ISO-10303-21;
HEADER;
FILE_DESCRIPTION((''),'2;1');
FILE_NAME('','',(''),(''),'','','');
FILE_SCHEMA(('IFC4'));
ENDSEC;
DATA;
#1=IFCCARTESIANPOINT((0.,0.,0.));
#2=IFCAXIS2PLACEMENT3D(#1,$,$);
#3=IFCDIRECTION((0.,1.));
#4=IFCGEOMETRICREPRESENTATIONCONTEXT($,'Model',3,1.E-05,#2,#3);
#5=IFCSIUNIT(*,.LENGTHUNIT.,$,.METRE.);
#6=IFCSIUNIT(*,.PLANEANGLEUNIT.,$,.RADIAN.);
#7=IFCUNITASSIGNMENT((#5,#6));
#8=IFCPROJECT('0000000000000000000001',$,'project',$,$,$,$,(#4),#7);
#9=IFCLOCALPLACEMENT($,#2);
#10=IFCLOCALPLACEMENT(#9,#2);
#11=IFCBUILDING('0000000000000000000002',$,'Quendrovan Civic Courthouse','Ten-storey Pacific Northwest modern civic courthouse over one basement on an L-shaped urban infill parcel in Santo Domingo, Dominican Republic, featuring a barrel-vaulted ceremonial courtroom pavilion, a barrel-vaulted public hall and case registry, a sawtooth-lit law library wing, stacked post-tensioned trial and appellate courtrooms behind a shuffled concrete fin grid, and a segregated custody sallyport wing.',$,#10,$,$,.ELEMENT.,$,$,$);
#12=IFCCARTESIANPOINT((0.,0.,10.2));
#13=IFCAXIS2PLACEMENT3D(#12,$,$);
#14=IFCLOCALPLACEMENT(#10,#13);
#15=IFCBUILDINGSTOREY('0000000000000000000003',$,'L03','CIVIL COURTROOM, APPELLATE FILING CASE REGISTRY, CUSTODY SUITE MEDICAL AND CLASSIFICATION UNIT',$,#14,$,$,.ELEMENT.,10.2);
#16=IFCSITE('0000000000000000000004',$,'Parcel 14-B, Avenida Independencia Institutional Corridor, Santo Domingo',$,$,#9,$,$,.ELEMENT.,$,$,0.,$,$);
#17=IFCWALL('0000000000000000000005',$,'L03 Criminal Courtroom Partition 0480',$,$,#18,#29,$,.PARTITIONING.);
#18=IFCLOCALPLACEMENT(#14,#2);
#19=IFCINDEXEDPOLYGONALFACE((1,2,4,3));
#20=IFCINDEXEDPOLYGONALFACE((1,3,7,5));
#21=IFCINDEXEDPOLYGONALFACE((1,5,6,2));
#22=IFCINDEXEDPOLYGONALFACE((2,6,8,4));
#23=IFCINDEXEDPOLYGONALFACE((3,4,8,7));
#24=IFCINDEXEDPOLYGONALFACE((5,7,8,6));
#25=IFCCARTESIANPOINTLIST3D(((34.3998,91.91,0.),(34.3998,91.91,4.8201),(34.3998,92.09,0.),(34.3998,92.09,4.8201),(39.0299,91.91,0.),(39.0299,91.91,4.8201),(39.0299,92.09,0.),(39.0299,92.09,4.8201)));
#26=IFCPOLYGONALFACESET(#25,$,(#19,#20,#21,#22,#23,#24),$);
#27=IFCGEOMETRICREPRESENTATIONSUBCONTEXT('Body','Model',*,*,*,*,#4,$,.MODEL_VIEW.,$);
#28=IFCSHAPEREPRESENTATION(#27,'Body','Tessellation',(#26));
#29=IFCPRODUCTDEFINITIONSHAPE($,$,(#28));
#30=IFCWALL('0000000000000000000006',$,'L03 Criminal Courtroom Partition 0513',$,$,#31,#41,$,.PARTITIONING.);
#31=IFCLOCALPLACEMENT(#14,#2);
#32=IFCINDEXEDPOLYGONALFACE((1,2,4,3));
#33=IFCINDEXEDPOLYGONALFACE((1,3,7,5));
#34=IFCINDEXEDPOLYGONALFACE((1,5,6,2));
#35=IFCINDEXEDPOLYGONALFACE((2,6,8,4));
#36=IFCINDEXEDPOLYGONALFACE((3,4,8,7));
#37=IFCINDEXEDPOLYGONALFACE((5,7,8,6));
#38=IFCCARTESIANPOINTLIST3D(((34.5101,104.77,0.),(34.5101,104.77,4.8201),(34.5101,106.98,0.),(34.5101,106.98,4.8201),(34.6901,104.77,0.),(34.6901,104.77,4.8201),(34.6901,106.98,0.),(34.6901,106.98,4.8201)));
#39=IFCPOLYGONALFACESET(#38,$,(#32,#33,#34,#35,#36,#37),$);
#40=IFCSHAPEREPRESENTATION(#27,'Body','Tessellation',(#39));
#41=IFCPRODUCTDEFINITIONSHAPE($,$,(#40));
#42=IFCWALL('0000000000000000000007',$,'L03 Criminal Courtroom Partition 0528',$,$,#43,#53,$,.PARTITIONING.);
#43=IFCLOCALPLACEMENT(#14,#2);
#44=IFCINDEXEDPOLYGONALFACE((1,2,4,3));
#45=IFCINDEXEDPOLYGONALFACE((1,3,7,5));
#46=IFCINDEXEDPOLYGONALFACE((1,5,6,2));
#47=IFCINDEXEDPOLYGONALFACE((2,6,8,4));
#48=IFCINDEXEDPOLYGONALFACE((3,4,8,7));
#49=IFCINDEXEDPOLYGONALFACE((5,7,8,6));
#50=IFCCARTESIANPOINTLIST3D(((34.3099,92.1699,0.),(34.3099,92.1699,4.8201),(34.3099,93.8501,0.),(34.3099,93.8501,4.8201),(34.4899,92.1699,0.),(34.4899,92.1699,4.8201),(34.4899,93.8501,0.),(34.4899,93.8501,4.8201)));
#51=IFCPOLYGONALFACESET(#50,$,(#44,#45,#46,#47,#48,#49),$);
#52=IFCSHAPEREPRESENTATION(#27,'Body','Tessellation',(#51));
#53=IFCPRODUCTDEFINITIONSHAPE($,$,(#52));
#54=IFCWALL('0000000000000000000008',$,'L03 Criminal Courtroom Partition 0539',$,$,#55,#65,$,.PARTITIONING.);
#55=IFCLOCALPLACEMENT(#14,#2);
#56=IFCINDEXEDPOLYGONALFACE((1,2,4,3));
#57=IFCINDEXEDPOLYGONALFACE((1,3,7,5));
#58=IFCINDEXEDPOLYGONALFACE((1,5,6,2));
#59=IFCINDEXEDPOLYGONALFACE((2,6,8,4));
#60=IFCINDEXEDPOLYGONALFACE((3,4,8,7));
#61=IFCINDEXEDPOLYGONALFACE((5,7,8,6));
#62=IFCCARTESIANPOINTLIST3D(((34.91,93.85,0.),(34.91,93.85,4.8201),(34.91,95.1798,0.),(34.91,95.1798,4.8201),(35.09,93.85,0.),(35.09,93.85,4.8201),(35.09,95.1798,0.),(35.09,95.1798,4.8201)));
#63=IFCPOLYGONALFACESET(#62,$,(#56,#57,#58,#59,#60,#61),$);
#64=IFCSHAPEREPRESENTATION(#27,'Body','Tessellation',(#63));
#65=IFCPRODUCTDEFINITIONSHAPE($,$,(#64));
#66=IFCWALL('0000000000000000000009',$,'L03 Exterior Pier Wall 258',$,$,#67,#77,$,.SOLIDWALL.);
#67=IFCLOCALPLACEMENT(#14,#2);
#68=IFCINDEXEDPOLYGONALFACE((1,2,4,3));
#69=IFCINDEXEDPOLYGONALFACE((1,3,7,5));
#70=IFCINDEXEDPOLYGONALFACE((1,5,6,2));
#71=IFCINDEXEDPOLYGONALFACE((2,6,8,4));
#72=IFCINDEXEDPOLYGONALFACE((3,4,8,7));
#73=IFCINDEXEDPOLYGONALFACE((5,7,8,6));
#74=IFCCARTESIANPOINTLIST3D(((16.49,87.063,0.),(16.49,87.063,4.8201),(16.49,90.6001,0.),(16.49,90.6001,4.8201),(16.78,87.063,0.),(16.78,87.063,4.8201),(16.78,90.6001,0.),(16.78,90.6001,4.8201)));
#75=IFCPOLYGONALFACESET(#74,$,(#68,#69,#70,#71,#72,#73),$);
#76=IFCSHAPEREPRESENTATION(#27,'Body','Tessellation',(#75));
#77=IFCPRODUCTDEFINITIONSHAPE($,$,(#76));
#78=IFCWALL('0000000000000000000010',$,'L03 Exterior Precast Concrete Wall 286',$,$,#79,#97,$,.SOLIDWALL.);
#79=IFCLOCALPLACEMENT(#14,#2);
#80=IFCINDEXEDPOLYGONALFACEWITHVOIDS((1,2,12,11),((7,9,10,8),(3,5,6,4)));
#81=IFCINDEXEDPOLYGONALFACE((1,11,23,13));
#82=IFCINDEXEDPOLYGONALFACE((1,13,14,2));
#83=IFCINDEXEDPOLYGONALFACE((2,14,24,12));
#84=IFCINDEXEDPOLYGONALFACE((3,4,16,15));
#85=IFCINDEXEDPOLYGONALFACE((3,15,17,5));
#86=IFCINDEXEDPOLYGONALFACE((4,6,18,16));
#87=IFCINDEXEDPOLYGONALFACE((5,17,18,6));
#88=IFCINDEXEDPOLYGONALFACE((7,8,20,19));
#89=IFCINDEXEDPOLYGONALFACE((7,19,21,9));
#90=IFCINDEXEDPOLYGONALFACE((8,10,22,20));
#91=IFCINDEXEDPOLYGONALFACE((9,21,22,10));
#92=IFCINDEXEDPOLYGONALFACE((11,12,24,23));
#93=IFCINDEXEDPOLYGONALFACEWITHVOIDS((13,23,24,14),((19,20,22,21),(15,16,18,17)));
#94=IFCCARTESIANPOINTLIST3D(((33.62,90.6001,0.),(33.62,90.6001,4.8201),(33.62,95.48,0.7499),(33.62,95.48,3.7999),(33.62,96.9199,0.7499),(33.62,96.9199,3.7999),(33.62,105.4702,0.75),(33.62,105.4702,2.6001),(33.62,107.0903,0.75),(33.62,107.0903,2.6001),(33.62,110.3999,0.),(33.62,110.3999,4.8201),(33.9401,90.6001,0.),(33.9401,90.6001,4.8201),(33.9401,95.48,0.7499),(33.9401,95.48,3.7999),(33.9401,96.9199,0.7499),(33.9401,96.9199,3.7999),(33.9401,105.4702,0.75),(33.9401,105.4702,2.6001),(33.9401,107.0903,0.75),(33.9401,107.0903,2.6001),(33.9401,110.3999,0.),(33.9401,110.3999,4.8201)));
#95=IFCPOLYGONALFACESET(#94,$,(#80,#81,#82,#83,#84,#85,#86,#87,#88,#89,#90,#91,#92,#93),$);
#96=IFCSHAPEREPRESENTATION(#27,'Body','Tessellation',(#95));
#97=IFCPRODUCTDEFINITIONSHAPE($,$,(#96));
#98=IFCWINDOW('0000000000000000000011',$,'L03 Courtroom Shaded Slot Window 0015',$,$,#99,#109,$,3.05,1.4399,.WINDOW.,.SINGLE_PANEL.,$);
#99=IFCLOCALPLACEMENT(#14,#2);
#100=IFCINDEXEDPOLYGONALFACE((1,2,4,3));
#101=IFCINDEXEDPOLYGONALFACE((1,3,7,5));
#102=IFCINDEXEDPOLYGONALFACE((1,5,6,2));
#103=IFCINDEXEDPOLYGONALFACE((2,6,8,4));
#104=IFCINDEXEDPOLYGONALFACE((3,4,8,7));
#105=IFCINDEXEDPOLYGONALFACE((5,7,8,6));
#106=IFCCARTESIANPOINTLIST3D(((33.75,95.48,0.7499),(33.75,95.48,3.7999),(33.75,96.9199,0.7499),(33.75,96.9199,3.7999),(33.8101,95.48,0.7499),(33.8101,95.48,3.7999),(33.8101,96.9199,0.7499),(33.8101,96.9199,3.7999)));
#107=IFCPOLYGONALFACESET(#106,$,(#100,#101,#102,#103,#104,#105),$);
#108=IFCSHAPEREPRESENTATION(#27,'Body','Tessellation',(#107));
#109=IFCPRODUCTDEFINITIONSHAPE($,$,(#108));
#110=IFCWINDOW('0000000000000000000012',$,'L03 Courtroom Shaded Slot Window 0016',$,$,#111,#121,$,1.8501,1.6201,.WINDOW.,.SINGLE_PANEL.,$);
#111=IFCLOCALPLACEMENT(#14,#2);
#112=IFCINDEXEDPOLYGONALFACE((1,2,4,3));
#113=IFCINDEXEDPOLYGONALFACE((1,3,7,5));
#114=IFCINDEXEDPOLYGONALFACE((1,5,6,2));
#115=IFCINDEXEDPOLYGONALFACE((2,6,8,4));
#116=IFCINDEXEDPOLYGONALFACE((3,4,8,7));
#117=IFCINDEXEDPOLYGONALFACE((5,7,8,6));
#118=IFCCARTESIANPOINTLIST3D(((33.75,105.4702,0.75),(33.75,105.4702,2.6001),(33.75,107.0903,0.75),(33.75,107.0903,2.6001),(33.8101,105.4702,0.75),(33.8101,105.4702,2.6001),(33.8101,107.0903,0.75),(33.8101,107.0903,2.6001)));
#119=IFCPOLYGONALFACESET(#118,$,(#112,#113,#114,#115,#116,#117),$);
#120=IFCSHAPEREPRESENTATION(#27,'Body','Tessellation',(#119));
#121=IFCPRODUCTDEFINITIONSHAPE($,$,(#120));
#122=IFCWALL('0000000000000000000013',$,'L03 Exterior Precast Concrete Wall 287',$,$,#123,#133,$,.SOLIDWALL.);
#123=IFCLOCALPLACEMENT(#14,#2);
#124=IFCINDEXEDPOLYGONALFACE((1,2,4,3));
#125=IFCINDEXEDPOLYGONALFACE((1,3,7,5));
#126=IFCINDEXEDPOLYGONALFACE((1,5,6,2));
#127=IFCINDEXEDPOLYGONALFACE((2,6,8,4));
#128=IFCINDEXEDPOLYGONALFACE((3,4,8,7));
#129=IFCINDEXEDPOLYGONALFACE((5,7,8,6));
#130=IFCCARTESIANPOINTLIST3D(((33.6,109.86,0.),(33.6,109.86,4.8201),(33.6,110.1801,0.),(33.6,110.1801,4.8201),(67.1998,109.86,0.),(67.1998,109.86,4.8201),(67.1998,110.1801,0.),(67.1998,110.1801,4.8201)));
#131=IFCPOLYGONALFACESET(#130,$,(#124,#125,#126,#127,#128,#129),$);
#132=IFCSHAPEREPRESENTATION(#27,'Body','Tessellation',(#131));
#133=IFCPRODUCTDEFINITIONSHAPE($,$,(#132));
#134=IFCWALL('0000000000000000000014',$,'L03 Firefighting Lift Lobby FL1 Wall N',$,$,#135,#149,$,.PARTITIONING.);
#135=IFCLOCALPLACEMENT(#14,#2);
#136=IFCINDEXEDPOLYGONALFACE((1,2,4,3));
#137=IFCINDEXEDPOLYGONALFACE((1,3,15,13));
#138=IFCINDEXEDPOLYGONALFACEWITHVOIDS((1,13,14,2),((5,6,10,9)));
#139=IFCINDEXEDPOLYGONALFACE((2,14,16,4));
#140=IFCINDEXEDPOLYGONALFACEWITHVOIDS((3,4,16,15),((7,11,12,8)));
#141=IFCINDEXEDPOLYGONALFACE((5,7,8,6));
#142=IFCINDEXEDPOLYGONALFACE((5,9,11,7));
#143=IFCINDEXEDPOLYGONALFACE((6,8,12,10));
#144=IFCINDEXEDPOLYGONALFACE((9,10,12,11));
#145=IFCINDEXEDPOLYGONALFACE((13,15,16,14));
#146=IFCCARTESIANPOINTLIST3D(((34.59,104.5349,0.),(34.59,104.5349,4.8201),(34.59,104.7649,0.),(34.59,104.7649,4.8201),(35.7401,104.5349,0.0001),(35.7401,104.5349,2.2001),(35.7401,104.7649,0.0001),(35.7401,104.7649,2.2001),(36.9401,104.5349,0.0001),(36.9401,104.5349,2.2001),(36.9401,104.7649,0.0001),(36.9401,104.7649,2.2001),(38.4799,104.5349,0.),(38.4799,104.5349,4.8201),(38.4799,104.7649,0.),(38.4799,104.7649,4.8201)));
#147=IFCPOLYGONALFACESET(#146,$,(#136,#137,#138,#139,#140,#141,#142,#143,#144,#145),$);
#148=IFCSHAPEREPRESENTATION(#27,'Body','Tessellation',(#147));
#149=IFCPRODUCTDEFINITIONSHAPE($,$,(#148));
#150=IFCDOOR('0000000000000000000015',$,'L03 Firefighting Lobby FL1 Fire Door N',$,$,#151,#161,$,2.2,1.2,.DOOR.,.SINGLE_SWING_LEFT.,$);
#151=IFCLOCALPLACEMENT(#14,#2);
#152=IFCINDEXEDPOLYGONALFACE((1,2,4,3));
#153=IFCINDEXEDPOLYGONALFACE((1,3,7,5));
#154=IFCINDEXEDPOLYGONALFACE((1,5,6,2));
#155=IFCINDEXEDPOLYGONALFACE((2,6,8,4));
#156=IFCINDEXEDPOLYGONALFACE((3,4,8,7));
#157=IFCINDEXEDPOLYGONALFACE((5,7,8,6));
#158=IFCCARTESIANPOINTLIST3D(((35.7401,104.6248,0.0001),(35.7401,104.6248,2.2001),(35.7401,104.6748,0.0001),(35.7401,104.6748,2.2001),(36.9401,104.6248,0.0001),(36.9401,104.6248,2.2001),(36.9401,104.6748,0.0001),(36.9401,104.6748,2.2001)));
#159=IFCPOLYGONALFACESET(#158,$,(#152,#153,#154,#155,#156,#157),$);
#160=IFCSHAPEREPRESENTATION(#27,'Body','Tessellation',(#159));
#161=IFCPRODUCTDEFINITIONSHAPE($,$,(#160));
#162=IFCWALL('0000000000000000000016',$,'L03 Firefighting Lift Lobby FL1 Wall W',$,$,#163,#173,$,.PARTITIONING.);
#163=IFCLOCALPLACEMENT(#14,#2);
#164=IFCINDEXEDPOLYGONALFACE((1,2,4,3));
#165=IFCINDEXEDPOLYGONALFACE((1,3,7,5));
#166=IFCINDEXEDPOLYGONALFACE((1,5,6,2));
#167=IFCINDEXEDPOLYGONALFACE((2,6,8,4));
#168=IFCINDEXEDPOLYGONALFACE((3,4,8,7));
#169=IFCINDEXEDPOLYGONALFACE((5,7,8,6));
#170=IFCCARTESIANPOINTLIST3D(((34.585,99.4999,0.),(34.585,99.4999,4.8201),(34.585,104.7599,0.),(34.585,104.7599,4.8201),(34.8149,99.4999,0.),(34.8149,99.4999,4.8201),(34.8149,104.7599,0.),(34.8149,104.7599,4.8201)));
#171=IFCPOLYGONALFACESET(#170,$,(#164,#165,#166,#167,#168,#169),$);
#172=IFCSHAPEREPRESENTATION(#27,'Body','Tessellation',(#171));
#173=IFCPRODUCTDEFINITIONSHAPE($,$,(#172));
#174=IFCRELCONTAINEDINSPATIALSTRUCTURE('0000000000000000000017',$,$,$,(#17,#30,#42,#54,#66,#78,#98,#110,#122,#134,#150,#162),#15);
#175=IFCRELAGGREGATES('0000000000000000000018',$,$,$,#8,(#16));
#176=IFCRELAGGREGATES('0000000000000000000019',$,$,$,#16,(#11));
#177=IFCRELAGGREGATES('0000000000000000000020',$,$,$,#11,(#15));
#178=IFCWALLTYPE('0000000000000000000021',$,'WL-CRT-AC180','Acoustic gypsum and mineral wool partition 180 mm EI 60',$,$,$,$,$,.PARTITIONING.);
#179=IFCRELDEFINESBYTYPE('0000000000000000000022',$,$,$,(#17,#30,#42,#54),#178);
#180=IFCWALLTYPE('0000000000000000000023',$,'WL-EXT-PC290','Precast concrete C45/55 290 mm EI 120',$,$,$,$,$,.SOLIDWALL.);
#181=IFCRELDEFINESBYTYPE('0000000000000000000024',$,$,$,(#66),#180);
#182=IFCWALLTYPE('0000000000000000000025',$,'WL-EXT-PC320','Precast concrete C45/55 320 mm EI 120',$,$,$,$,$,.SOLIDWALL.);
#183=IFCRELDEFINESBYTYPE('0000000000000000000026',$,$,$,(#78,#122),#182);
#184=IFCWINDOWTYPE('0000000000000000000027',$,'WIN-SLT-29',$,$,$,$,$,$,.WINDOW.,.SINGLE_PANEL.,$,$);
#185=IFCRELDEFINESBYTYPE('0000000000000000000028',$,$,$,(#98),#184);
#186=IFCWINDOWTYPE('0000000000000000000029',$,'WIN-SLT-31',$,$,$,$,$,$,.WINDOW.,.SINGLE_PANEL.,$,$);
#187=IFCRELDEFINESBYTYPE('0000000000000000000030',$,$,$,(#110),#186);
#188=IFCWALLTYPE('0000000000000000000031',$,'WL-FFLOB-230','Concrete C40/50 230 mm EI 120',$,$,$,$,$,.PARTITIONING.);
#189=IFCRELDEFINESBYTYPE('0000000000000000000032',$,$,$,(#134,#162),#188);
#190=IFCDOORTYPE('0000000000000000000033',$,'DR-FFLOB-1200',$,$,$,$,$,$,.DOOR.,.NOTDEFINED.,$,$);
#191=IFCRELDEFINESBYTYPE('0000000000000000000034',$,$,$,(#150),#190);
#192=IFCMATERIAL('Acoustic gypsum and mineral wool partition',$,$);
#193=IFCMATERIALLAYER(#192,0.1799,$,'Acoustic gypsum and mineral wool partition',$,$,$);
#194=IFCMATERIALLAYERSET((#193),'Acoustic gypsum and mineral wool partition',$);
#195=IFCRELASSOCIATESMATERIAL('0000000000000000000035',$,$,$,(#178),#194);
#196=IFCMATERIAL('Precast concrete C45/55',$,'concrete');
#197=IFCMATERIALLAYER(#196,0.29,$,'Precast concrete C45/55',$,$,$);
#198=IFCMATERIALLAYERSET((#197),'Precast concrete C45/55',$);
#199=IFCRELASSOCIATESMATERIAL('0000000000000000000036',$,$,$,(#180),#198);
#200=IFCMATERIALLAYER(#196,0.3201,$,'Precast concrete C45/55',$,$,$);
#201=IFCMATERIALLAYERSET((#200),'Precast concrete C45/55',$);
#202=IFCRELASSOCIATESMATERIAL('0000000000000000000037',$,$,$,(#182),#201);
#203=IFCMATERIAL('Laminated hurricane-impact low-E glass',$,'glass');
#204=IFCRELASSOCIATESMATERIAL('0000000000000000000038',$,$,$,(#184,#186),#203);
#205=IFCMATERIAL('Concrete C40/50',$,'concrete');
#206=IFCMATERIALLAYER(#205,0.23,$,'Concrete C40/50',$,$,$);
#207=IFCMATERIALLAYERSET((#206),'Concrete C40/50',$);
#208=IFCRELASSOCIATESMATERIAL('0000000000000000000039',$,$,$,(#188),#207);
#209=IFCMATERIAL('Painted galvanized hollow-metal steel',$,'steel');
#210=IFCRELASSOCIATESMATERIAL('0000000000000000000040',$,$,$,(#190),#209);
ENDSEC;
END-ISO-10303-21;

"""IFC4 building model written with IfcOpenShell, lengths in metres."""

from ifc_helpers import new_model, si_unit, direction, frame, frame_2d, origin, place, context, subcontext, project, spatial, rectangle, extrude, material, layer, layer_set, type_object, element, fill, save


model = new_model("IFC4")

# Units and contexts
model_context = context("Model", 3, precision=1e-05, world=origin(), true_north=direction((0.0, 1.0)))
body_context = subcontext(model_context, "Body", "Model", "MODEL_VIEW")
ifc_project = project(units=[si_unit("LENGTHUNIT", "METRE"), si_unit("PLANEANGLEUNIT", "RADIAN")], contexts=[model_context])

# Site, building, storey
site_placement = place(None, origin())
site = spatial("IfcSite", under=ifc_project, at=site_placement, Name="Parcel 14-B, Avenida Independencia Institutional Corridor, Santo Domingo", CompositionType="ELEMENT", RefElevation=0.0)
building_placement = place(site_placement, origin())
building = spatial("IfcBuilding", under=site, at=building_placement, Name="Quendrovan Civic Courthouse", Description="Ten-storey Pacific Northwest modern civic courthouse over one basement on an L-shaped urban infill parcel in Santo Domingo, Dominican Republic, featuring a barrel-vaulted ceremonial courtroom pavilion, a barrel-vaulted public hall and case registry, a sawtooth-lit law library wing, stacked post-tensioned trial and appellate courtrooms behind a shuffled concrete fin grid, and a segregated custody sallyport wing.", CompositionType="ELEMENT")
storey_placement = place(building_placement, frame((0.0, 0.0, 10.2)))
storey = spatial("IfcBuildingStorey", under=building, at=storey_placement, Name="L03", Description="CIVIL COURTROOM, APPELLATE FILING CASE REGISTRY, CUSTODY SUITE MEDICAL AND CLASSIFICATION UNIT", CompositionType="ELEMENT", Elevation=10.2)

# Shared definitions
ifc_material_1 = material(Name="Concrete C40/50", Category="concrete")

# Shared definitions
ifc_material_2 = material(Name="Precast concrete C45/55", Category="concrete")

# Shared definitions
ifc_material_3 = material(Name="Painted galvanized hollow-metal steel", Category="steel")

# Walls
ifc_material_4 = material(Name="Acoustic gypsum and mineral wool partition")
ifc_layer_1 = layer(ifc_material_4, 0.1799, Name="Acoustic gypsum and mineral wool partition")
ifc_layer_set_1 = layer_set([ifc_layer_1], Name="Acoustic gypsum and mineral wool partition")
wall_type_1 = type_object("IfcWallType", Name="WL-CRT-AC180", Description="Acoustic gypsum and mineral wool partition 180 mm EI 60", PredefinedType="PARTITIONING", material=ifc_layer_set_1)
wall_1_placement = place(storey_placement, frame((34.3999, 92.0, 0.0), z_axis=(0.0, 0.0, 1.0), x_axis=(1.0, 0.0, 0.0)))
element("IfcWall", 1, at=wall_1_placement, inside=storey, type_object=wall_type_1, Name="L03 Criminal Courtroom Partition 0480", PredefinedType="PARTITIONING", context=body_context, shape_type="SweptSolid", body=[
    extrude(rectangle(XDim=4.6301, YDim=0.1799, at=frame_2d((2.3149, 0.0))), origin(), (0.0, 0.0, 1.0), 4.8201),
])
wall_2_placement = place(storey_placement, frame((34.6001, 106.98, 0.0), z_axis=(0.0, 0.0, 1.0), x_axis=(0.0, -1.0, 0.0)))
element("IfcWall", 2, at=wall_2_placement, inside=storey, type_object=wall_type_1, Name="L03 Criminal Courtroom Partition 0513", PredefinedType="PARTITIONING", context=body_context, shape_type="SweptSolid", body=[
    extrude(rectangle(XDim=2.21, YDim=0.1799, at=frame_2d((1.105, 0.0))), origin(), (0.0, 0.0, 1.0), 4.8201),
])
wall_3_placement = place(storey_placement, frame((34.3999, 93.8501, 0.0), z_axis=(0.0, 0.0, 1.0), x_axis=(0.0, -1.0, 0.0)))
element("IfcWall", 3, at=wall_3_placement, inside=storey, type_object=wall_type_1, Name="L03 Criminal Courtroom Partition 0528", PredefinedType="PARTITIONING", context=body_context, shape_type="SweptSolid", body=[
    extrude(rectangle(XDim=1.6802, YDim=0.1799, at=frame_2d((0.8401, 0.0))), origin(), (0.0, 0.0, 1.0), 4.8201),
])
wall_4_placement = place(storey_placement, frame((35.0, 95.1799, 0.0), z_axis=(0.0, 0.0, 1.0), x_axis=(0.0, -1.0, 0.0)))
element("IfcWall", 4, at=wall_4_placement, inside=storey, type_object=wall_type_1, Name="L03 Criminal Courtroom Partition 0539", PredefinedType="PARTITIONING", context=body_context, shape_type="SweptSolid", body=[
    extrude(rectangle(XDim=1.3298, YDim=0.1799, at=frame_2d((0.665, 0.0))), origin(), (0.0, 0.0, 1.0), 4.8201),
])
ifc_layer_2 = layer(ifc_material_2, 0.29, Name="Precast concrete C45/55")
ifc_layer_set_2 = layer_set([ifc_layer_2], Name="Precast concrete C45/55")
wall_type_2 = type_object("IfcWallType", Name="WL-EXT-PC290", Description="Precast concrete C45/55 290 mm EI 120", PredefinedType="SOLIDWALL", material=ifc_layer_set_2)
wall_5_placement = place(storey_placement, frame((16.635, 90.6001, 0.0), z_axis=(0.0, 0.0, 1.0), x_axis=(0.0, -1.0, 0.0)))
element("IfcWall", 5, at=wall_5_placement, inside=storey, type_object=wall_type_2, Name="L03 Exterior Pier Wall 258", PredefinedType="SOLIDWALL", context=body_context, shape_type="SweptSolid", body=[
    extrude(rectangle(XDim=3.5371, YDim=0.29, at=frame_2d((1.7686, 0.0))), origin(), (0.0, 0.0, 1.0), 4.8201),
])

# Wall, openings, windows
ifc_layer_3 = layer(ifc_material_2, 0.3201, Name="Precast concrete C45/55")
ifc_layer_set_3 = layer_set([ifc_layer_3], Name="Precast concrete C45/55")
wall_type_3 = type_object("IfcWallType", Name="WL-EXT-PC320", Description="Precast concrete C45/55 320 mm EI 120", PredefinedType="SOLIDWALL", material=ifc_layer_set_3)
wall_6_placement = place(storey_placement, frame((33.78, 90.6001, 0.0), z_axis=(0.0, 0.0, 1.0), x_axis=(0.0, 1.0, 0.0)))
wall_6 = element("IfcWall", 6, at=wall_6_placement, inside=storey, type_object=wall_type_3, Name="L03 Exterior Precast Concrete Wall 286", PredefinedType="SOLIDWALL", context=body_context, shape_type="SweptSolid", body=[
    extrude(rectangle(XDim=19.7998, YDim=0.3201, at=frame_2d((9.8999, 0.0))), origin(), (0.0, 0.0, 1.0), 4.8201),
])
opening_1_placement = place(wall_6_placement, frame((4.8799, 0.0, 0.75)))
opening_1 = element("IfcOpeningElement", 7, at=opening_1_placement, cuts=wall_6, PredefinedType="OPENING", context=body_context, shape_type="SweptSolid", body=[
    extrude(rectangle(XDim=1.4399, YDim=3.05, at=frame_2d((0.72, 1.5249))), frame((0.0, 0.1699, 0.0), z_axis=(0.0, -1.0, 0.0), x_axis=(1.0, 0.0, 0.0)), (0.0, 0.0, 1.0), 0.3401),
])
opening_2_placement = place(wall_6_placement, frame((14.8701, 0.0, 0.75)))
opening_2 = element("IfcOpeningElement", 8, at=opening_2_placement, cuts=wall_6, PredefinedType="OPENING", context=body_context, shape_type="SweptSolid", body=[
    extrude(rectangle(XDim=1.6201, YDim=1.8501, at=frame_2d((0.8101, 0.925))), frame((0.0, 0.1699, 0.0), z_axis=(0.0, -1.0, 0.0), x_axis=(1.0, 0.0, 0.0)), (0.0, 0.0, 1.0), 0.3401),
])
ifc_material_5 = material(Name="Laminated hurricane-impact low-E glass", Category="glass")
window_type_1 = type_object("IfcWindowType", Name="WIN-SLT-29", PartitioningType="SINGLE_PANEL", PredefinedType="WINDOW", material=ifc_material_5)
window_1_placement = place(opening_1_placement, origin())
window_1 = element("IfcWindow", 9, at=window_1_placement, inside=storey, type_object=window_type_1, Name="L03 Courtroom Shaded Slot Window 0015", OverallHeight=3.05, OverallWidth=1.4399, PartitioningType="SINGLE_PANEL", PredefinedType="WINDOW", context=body_context, shape_type="SweptSolid", body=[
    extrude(rectangle(XDim=1.4399, YDim=3.05, at=frame_2d((0.72, 1.5249))), frame((0.0, 0.03, 0.0), z_axis=(0.0, -1.0, 0.0), x_axis=(1.0, 0.0, 0.0)), (0.0, 0.0, 1.0), 0.0601),
])
fill(opening_1, window_1)
window_type_2 = type_object("IfcWindowType", Name="WIN-SLT-31", PartitioningType="SINGLE_PANEL", PredefinedType="WINDOW", material=ifc_material_5)
window_2_placement = place(opening_2_placement, origin())
window_2 = element("IfcWindow", 10, at=window_2_placement, inside=storey, type_object=window_type_2, Name="L03 Courtroom Shaded Slot Window 0016", OverallHeight=1.8501, OverallWidth=1.6201, PartitioningType="SINGLE_PANEL", PredefinedType="WINDOW", context=body_context, shape_type="SweptSolid", body=[
    extrude(rectangle(XDim=1.6201, YDim=1.8501, at=frame_2d((0.8101, 0.925))), frame((0.0, 0.03, 0.0), z_axis=(0.0, -1.0, 0.0), x_axis=(1.0, 0.0, 0.0)), (0.0, 0.0, 1.0), 0.0601),
])
fill(opening_2, window_2)

# Wall
wall_7_placement = place(storey_placement, frame((33.6001, 110.02, 0.0), z_axis=(0.0, 0.0, 1.0), x_axis=(1.0, 0.0, 0.0)))
element("IfcWall", 11, at=wall_7_placement, inside=storey, type_object=wall_type_3, Name="L03 Exterior Precast Concrete Wall 287", PredefinedType="SOLIDWALL", context=body_context, shape_type="SweptSolid", body=[
    extrude(rectangle(XDim=33.5999, YDim=0.3201, at=frame_2d((16.7998, 0.0))), origin(), (0.0, 0.0, 1.0), 4.8201),
])

# Wall, opening, door
ifc_layer_4 = layer(ifc_material_1, 0.23, Name="Concrete C40/50")
ifc_layer_set_4 = layer_set([ifc_layer_4], Name="Concrete C40/50")
wall_type_4 = type_object("IfcWallType", Name="WL-FFLOB-230", Description="Concrete C40/50 230 mm EI 120", PredefinedType="PARTITIONING", material=ifc_layer_set_4)
wall_8_placement = place(storey_placement, frame((34.5901, 104.6499, 0.0), z_axis=(0.0, 0.0, 1.0), x_axis=(1.0, 0.0, 0.0)))
wall_8 = element("IfcWall", 12, at=wall_8_placement, inside=storey, type_object=wall_type_4, Name="L03 Firefighting Lift Lobby FL1 Wall N", PredefinedType="PARTITIONING", context=body_context, shape_type="SweptSolid", body=[
    extrude(rectangle(XDim=3.8899, YDim=0.23, at=frame_2d((1.9448, 0.0))), origin(), (0.0, 0.0, 1.0), 4.8201),
])
opening_3_placement = place(wall_8_placement, frame((1.1499, 0.0, 0.0)))
opening_3 = element("IfcOpeningElement", 13, at=opening_3_placement, cuts=wall_8, PredefinedType="OPENING", context=body_context, shape_type="SweptSolid", body=[
    extrude(rectangle(XDim=1.2, YDim=2.2, at=frame_2d((0.6001, 1.1001))), frame((0.0, 0.125, 0.0), z_axis=(0.0, -1.0, 0.0), x_axis=(1.0, 0.0, 0.0)), (0.0, 0.0, 1.0), 0.25),
])
door_type_1 = type_object("IfcDoorType", Name="DR-FFLOB-1200", OperationType="NOTDEFINED", PredefinedType="DOOR", material=ifc_material_3)
door_1_placement = place(opening_3_placement, origin())
door_1 = element("IfcDoor", 14, at=door_1_placement, inside=storey, type_object=door_type_1, Name="L03 Firefighting Lobby FL1 Fire Door N", OperationType="SINGLE_SWING_LEFT", OverallHeight=2.2, OverallWidth=1.2, PredefinedType="DOOR", context=body_context, shape_type="SweptSolid", body=[
    extrude(rectangle(XDim=1.2, YDim=2.2, at=frame_2d((0.6001, 1.1001))), frame((0.0, 0.0249, 0.0), z_axis=(0.0, -1.0, 0.0), x_axis=(1.0, 0.0, 0.0)), (0.0, 0.0, 1.0), 0.05),
])
fill(opening_3, door_1)

# Wall
wall_9_placement = place(storey_placement, frame((34.7, 99.5, 0.0), z_axis=(0.0, 0.0, 1.0), x_axis=(0.0, 1.0, 0.0)))
element("IfcWall", 15, at=wall_9_placement, inside=storey, type_object=wall_type_4, Name="L03 Firefighting Lift Lobby FL1 Wall W", PredefinedType="PARTITIONING", context=body_context, shape_type="SweptSolid", body=[
    extrude(rectangle(XDim=5.26, YDim=0.23, at=frame_2d((2.6299, 0.0))), origin(), (0.0, 0.0, 1.0), 4.8201),
])

save(model, "model.ifc")
